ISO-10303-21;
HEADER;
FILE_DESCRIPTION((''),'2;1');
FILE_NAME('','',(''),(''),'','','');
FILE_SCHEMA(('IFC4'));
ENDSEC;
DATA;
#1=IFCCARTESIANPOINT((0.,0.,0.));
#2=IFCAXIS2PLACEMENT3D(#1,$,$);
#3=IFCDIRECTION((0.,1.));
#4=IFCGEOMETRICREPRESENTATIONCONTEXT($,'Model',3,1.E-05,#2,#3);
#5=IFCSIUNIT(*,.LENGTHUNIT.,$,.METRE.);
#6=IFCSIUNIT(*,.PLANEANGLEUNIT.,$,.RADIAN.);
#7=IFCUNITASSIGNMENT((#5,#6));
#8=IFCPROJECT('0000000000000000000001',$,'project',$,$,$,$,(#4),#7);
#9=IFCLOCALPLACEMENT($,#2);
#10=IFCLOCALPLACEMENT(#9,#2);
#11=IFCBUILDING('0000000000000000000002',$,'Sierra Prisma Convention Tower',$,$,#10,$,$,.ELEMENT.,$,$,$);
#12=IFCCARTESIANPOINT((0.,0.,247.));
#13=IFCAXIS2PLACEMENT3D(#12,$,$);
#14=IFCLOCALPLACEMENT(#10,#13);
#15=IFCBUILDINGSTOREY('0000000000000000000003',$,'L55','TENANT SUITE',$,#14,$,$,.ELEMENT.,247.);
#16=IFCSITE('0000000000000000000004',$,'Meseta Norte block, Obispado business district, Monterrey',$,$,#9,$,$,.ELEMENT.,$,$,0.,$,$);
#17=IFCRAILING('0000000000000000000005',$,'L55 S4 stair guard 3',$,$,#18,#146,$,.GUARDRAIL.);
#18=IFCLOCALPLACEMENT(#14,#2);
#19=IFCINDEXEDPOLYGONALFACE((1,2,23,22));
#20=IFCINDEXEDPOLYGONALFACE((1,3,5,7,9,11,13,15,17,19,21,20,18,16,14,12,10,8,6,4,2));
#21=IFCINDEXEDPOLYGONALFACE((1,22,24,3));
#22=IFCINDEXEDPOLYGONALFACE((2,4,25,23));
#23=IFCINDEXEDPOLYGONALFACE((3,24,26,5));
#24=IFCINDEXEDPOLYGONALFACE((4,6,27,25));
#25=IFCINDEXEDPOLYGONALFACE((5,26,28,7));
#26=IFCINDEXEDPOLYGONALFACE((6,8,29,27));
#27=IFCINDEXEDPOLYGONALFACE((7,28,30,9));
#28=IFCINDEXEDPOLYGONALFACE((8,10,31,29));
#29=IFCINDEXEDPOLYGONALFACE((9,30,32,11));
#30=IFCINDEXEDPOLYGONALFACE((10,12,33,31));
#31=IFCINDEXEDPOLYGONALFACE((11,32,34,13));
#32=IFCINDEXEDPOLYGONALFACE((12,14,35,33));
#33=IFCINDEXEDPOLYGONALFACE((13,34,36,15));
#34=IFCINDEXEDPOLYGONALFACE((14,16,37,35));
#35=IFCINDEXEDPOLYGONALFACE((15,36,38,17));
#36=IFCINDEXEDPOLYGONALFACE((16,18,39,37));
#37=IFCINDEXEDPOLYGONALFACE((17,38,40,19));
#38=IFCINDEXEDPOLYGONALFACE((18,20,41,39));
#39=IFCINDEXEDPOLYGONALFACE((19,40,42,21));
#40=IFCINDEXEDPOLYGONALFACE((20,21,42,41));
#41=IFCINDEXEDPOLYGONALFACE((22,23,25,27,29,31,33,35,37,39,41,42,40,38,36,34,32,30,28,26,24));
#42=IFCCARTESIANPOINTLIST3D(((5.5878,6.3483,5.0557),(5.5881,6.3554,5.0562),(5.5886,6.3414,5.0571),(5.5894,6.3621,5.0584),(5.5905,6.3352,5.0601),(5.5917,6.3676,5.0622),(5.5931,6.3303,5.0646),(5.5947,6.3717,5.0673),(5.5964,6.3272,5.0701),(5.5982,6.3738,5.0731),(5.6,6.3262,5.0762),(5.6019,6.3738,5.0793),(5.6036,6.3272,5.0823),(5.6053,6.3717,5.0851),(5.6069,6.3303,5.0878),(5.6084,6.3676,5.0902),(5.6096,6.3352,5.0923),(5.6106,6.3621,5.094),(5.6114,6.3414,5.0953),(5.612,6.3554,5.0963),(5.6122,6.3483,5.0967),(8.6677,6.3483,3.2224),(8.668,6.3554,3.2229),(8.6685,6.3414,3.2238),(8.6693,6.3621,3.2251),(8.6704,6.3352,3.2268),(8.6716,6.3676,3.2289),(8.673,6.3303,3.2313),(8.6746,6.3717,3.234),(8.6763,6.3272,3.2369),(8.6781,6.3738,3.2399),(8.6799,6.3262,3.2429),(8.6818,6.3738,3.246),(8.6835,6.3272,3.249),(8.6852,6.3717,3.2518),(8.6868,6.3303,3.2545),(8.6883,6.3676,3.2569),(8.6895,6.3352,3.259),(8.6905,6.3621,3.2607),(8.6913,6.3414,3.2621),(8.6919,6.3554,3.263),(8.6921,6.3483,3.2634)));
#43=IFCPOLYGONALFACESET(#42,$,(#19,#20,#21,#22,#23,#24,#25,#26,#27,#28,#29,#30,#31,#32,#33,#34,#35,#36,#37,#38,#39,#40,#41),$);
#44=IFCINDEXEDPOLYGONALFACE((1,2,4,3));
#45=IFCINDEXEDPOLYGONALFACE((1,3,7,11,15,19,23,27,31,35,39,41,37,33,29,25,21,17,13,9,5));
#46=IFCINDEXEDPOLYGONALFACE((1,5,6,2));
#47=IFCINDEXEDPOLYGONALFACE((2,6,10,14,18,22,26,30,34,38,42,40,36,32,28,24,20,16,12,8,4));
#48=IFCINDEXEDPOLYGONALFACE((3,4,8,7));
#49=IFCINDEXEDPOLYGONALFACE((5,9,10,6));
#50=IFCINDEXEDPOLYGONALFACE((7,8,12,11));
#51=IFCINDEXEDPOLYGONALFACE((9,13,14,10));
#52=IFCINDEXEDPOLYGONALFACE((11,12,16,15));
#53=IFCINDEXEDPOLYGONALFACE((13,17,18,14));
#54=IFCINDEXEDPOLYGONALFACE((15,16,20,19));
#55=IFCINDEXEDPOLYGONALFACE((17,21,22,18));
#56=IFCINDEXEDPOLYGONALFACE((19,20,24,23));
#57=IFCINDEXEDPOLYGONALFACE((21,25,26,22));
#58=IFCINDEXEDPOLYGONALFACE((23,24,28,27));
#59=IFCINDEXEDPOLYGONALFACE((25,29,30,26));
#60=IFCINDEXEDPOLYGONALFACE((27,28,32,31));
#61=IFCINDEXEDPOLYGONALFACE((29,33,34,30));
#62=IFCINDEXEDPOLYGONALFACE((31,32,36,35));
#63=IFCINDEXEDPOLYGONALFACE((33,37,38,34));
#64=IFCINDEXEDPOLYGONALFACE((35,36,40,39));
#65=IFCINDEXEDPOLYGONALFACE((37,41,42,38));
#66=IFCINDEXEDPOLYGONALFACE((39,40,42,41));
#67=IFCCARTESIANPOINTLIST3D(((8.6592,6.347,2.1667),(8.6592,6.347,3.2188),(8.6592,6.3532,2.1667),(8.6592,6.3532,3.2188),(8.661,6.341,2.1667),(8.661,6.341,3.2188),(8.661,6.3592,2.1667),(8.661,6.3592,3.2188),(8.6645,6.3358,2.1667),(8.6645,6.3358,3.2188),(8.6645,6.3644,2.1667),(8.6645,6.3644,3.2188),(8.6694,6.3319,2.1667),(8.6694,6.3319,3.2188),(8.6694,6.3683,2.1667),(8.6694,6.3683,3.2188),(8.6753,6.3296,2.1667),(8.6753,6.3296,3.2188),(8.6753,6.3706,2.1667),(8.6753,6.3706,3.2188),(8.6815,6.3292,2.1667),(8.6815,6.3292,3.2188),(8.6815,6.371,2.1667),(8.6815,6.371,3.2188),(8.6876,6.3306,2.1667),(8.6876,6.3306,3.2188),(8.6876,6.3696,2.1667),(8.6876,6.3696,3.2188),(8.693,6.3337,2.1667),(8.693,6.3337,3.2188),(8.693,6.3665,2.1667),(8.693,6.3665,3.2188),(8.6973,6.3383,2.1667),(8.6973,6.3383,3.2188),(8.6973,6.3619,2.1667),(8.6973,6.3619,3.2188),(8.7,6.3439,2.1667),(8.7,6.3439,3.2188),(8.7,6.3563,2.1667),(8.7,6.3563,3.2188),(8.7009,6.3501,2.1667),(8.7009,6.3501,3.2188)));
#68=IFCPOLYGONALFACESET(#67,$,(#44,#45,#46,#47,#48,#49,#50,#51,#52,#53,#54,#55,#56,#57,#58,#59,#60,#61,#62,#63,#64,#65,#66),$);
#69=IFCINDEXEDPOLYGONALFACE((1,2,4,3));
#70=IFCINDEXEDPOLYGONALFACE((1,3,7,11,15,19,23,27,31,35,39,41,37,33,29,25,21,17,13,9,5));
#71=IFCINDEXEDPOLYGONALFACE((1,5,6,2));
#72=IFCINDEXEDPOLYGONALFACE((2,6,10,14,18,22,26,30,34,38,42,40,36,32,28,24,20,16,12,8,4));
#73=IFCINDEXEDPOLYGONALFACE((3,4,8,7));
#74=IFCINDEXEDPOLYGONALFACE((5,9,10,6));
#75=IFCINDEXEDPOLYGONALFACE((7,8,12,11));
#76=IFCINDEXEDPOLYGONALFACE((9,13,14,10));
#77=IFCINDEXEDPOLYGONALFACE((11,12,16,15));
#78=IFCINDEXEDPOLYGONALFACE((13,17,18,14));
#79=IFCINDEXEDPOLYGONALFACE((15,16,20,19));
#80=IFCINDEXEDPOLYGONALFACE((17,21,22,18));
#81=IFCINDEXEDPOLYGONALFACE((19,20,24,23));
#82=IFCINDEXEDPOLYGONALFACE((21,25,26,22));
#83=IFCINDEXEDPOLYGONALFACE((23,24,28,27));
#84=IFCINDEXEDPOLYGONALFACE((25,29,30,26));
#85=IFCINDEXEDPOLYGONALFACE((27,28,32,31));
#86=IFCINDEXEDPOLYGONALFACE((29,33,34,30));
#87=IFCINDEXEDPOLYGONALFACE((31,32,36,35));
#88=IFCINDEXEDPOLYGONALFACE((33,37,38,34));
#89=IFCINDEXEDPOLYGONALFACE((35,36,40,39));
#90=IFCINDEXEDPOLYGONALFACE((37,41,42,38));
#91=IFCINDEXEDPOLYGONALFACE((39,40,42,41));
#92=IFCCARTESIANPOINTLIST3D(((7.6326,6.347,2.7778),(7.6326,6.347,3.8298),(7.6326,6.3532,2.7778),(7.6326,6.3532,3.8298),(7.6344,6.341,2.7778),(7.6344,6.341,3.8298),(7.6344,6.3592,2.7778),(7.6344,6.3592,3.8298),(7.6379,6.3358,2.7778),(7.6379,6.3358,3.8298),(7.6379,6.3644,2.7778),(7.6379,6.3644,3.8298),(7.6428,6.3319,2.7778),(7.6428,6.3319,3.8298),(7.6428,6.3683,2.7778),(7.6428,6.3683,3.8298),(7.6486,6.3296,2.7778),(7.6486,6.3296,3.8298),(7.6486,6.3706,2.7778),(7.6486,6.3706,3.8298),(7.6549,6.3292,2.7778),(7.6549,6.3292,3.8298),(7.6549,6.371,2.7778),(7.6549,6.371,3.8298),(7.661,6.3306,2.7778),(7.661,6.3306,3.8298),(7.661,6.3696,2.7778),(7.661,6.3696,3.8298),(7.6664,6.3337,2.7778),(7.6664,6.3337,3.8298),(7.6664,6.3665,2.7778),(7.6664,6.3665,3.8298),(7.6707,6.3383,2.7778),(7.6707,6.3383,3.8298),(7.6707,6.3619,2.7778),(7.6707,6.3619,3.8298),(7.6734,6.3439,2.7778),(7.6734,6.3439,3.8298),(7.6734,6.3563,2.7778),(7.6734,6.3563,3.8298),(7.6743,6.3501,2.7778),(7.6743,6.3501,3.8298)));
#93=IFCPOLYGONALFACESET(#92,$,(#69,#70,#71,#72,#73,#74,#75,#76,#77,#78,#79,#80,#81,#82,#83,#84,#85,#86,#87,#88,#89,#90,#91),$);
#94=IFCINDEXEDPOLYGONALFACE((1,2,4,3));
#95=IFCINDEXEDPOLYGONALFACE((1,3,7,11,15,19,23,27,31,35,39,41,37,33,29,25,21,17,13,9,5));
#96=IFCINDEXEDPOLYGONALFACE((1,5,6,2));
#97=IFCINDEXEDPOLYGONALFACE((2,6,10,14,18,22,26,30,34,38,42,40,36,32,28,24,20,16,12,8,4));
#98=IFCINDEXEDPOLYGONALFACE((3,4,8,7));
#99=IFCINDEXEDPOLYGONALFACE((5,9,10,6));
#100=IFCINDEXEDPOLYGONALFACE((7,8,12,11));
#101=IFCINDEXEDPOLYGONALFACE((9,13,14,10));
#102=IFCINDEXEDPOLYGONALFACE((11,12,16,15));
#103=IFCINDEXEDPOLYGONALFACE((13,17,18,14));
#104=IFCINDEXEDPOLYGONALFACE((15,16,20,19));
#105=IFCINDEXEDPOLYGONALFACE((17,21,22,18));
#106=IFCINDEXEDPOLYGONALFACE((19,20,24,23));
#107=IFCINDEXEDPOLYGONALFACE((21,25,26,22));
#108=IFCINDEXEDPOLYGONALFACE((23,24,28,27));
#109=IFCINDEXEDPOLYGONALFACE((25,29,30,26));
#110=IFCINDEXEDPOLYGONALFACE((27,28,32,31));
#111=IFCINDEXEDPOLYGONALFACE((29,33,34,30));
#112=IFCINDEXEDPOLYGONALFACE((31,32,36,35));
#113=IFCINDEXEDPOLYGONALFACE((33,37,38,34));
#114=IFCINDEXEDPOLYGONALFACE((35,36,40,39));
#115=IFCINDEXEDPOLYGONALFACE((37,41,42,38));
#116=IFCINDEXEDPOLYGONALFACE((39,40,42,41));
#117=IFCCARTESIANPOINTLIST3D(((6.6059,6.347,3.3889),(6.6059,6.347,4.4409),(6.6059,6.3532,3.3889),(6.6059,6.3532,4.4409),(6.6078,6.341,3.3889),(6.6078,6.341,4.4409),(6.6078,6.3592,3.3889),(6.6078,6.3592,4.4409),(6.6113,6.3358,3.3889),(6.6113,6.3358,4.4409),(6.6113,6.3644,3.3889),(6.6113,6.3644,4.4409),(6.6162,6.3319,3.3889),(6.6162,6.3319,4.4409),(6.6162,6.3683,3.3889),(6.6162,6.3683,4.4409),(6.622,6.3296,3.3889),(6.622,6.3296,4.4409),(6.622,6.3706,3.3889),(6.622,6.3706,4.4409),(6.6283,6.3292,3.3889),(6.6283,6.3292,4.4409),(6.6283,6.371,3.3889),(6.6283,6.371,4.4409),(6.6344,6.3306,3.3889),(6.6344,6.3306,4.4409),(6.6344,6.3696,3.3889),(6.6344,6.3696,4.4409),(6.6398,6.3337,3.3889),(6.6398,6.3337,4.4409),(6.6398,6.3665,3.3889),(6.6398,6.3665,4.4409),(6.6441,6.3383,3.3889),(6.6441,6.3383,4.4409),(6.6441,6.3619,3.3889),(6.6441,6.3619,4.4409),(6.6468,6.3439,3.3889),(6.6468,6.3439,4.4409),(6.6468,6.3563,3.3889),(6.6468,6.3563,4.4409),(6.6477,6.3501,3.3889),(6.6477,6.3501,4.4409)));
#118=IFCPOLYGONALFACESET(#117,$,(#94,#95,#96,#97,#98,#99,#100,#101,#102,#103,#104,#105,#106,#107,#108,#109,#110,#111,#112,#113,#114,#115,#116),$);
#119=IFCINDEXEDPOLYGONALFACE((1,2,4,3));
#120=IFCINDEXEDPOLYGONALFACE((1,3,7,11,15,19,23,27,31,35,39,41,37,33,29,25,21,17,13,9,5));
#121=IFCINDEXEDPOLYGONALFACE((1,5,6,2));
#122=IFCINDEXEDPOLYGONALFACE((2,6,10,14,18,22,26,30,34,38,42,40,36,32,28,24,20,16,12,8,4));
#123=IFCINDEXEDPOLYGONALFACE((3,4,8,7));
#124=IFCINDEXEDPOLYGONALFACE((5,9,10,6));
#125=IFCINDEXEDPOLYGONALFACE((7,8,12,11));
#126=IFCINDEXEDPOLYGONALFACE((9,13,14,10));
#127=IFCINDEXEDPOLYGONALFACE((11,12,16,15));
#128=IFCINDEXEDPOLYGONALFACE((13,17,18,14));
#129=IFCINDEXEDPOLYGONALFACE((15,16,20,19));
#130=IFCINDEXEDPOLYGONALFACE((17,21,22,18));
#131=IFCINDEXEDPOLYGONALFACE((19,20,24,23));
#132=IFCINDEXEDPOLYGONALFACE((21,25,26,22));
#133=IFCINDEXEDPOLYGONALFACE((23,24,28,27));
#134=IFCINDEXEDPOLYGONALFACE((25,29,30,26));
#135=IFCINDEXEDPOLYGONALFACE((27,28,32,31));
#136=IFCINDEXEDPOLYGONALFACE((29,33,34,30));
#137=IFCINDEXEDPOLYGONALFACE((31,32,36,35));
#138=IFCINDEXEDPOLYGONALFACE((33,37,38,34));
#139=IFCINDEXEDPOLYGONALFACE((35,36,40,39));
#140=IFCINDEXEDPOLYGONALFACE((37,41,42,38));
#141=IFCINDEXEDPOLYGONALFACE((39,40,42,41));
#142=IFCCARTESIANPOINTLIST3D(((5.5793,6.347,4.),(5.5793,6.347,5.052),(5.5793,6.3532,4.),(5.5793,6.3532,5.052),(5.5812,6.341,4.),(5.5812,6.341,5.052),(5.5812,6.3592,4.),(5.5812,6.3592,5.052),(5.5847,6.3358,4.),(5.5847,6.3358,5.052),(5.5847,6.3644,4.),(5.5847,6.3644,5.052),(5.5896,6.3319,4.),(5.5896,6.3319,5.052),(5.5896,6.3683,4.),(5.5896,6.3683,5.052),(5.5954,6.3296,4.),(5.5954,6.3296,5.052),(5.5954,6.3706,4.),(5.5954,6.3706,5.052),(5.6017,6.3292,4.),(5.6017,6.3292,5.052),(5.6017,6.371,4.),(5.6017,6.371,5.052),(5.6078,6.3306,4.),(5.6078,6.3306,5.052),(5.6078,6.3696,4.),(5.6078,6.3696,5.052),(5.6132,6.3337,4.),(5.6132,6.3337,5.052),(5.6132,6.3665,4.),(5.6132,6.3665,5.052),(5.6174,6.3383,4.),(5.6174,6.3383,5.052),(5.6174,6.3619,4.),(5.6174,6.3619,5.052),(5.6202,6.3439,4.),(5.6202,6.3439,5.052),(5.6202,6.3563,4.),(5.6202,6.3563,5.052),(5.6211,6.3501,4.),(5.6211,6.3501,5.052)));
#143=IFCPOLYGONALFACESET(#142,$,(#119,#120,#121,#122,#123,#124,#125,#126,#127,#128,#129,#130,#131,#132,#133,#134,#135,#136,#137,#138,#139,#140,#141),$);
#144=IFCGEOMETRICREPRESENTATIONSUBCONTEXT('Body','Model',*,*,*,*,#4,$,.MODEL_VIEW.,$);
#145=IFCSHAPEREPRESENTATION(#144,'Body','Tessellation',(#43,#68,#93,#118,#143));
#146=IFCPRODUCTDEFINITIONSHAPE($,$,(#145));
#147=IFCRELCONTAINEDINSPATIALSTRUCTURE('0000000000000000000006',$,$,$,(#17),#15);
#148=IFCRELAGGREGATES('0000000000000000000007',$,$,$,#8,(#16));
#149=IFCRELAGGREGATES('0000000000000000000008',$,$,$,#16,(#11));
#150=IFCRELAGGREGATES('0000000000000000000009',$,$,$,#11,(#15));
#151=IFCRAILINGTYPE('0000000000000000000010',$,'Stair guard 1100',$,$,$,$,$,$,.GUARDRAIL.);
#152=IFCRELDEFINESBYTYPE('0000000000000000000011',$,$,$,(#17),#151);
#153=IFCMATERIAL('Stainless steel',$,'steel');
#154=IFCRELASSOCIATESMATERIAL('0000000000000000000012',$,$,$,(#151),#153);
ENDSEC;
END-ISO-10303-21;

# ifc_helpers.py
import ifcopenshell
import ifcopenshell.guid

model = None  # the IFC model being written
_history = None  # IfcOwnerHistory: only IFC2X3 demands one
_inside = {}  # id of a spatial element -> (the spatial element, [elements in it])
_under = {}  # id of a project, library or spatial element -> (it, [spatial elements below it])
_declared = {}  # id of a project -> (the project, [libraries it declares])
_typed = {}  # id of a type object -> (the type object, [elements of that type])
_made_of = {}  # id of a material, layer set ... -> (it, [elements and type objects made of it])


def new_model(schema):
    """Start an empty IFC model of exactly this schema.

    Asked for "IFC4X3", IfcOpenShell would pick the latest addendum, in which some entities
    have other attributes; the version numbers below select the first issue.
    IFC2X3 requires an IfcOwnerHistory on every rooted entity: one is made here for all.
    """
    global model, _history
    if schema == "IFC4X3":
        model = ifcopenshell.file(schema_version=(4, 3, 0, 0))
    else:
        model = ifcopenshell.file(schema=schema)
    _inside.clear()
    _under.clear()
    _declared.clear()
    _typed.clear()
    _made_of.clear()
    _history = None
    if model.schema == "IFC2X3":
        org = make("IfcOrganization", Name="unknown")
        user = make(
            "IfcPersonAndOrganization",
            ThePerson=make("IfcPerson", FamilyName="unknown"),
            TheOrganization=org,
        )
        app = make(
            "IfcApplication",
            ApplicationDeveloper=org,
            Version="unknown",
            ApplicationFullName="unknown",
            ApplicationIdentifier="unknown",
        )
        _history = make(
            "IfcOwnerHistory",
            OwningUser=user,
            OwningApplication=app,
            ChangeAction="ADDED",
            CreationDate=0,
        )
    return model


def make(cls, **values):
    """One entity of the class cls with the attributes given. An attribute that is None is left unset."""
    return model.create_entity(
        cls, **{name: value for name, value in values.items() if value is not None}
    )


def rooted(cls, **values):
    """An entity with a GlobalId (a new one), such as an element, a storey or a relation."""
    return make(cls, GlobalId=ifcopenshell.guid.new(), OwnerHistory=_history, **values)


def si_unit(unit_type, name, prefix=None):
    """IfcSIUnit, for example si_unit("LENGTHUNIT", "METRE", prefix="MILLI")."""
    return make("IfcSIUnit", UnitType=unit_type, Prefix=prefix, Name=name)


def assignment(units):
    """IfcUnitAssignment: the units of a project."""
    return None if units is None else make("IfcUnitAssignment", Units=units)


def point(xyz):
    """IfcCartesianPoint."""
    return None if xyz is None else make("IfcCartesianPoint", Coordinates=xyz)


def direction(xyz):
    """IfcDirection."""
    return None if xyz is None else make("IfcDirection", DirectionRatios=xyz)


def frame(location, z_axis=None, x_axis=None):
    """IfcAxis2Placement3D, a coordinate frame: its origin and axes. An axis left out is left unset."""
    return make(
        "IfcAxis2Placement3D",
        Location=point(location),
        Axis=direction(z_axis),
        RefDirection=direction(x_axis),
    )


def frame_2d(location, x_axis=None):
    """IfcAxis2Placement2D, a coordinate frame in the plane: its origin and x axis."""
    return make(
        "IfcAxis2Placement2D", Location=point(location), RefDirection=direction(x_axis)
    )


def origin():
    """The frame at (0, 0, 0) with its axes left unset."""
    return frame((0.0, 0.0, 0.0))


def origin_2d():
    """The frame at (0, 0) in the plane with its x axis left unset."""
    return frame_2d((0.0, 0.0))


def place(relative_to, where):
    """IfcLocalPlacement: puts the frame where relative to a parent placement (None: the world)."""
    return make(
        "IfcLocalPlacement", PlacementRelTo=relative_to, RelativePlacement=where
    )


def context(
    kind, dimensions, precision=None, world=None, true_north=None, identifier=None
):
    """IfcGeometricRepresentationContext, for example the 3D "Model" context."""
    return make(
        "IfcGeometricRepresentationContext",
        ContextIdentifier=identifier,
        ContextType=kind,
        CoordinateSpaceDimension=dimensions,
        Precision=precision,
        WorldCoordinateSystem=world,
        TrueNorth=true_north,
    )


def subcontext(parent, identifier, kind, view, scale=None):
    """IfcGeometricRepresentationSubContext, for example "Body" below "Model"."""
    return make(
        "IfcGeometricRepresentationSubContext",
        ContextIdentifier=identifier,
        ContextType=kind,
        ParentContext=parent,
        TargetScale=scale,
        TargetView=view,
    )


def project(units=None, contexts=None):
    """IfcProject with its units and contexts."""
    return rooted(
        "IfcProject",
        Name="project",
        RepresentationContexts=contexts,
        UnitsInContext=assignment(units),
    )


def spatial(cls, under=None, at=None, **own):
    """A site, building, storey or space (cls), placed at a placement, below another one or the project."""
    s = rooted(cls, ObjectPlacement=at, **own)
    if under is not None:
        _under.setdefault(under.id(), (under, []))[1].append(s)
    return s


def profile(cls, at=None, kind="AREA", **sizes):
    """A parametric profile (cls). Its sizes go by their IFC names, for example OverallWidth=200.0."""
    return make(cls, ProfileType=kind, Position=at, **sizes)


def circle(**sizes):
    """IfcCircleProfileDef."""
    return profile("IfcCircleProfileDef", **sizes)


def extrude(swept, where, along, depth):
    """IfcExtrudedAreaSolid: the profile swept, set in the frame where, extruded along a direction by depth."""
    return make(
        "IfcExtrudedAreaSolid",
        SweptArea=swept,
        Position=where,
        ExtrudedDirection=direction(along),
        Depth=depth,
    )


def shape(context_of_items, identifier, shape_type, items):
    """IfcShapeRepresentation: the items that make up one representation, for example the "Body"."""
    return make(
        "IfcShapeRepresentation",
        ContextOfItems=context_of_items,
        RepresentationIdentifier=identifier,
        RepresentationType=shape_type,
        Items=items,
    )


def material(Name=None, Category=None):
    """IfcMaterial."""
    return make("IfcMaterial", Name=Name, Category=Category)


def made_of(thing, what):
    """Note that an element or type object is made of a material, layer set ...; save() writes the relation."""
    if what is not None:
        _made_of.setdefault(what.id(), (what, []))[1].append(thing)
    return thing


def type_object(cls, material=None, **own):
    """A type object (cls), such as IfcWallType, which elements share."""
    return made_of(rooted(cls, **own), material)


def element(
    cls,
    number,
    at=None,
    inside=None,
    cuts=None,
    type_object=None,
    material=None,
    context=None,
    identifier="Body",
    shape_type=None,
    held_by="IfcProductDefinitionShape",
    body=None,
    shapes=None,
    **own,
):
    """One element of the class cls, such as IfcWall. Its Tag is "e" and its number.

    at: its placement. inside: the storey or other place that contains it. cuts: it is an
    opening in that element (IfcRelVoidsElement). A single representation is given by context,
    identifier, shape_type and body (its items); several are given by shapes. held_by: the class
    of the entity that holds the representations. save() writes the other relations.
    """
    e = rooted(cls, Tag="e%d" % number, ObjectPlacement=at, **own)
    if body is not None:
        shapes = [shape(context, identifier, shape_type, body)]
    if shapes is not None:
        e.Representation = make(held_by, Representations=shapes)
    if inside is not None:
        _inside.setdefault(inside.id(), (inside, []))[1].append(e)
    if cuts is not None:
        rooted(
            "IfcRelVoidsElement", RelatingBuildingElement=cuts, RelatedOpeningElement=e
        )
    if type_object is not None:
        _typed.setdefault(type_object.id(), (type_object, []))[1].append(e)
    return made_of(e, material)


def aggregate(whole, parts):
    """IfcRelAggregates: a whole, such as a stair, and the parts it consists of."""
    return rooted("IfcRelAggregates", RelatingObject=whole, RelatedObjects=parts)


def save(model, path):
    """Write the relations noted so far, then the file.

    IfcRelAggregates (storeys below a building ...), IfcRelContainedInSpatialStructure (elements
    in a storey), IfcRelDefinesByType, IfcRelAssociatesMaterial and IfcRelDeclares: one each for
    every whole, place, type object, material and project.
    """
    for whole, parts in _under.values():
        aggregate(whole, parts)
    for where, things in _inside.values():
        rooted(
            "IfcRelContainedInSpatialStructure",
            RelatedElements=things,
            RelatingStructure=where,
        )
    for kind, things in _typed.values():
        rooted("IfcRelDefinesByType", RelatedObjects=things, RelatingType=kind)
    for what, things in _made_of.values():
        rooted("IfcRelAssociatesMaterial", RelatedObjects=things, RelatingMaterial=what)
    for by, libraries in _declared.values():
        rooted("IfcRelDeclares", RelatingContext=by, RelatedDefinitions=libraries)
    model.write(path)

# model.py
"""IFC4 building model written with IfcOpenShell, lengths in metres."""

from ifc_helpers import new_model, si_unit, direction, frame, origin, origin_2d, place, context, subcontext, project, spatial, circle, extrude, material, type_object, element, save


model = new_model("IFC4")

# Units and contexts
model_context = context("Model", 3, precision=1e-05, world=origin(), true_north=direction((0.0, 1.0)))
body_context = subcontext(model_context, "Body", "Model", "MODEL_VIEW")
ifc_project = project(units=[si_unit("LENGTHUNIT", "METRE"), si_unit("PLANEANGLEUNIT", "RADIAN")], contexts=[model_context])

# Site, building, storey
site_placement = place(None, origin())
site = spatial("IfcSite", under=ifc_project, at=site_placement, Name="Meseta Norte block, Obispado business district, Monterrey", CompositionType="ELEMENT", RefElevation=0.0)
building_placement = place(site_placement, origin())
building = spatial("IfcBuilding", under=site, at=building_placement, Name="Sierra Prisma Convention Tower", CompositionType="ELEMENT")
storey_placement = place(building_placement, frame((0.0, 0.0, 247.0)))
storey = spatial("IfcBuildingStorey", under=building, at=storey_placement, Name="L55", Description="TENANT SUITE", CompositionType="ELEMENT", Elevation=247.0)

# Railing
ifc_material_1 = material(Name="Stainless steel", Category="steel")
railing_type_1 = type_object("IfcRailingType", Name="Stair guard 1100", PredefinedType="GUARDRAIL", material=ifc_material_1)
railing_1_placement = place(storey_placement, frame((8.6799, 6.3501, 2.1667)))
element("IfcRailing", 1, at=railing_1_placement, inside=storey, type_object=railing_type_1, Name="L55 S4 stair guard 3", PredefinedType="GUARDRAIL", context=body_context, shape_type="SweptSolid", body=[
    extrude(circle(Radius=0.0239, at=origin_2d()), frame((0.0, 0.0, 1.0762), z_axis=(-0.859291, 0.0, 0.511487), x_axis=(0.0, -1.0, 0.0)), (0.0, 0.0, 1.0), 3.5842),
    extrude(circle(Radius=0.021, at=origin_2d()), origin(), (0.0, 0.0, 1.0), 1.052),
    extrude(circle(Radius=0.021, at=origin_2d()), frame((-1.0266, 0.0, 0.6111)), (0.0, 0.0, 1.0), 1.052),
    extrude(circle(Radius=0.021, at=origin_2d()), frame((-2.0532, 0.0, 1.2222)), (0.0, 0.0, 1.0), 1.052),
    extrude(circle(Radius=0.021, at=origin_2d()), frame((-3.0798, 0.0, 1.8333)), (0.0, 0.0, 1.0), 1.052),
])

save(model, "model.ifc")
